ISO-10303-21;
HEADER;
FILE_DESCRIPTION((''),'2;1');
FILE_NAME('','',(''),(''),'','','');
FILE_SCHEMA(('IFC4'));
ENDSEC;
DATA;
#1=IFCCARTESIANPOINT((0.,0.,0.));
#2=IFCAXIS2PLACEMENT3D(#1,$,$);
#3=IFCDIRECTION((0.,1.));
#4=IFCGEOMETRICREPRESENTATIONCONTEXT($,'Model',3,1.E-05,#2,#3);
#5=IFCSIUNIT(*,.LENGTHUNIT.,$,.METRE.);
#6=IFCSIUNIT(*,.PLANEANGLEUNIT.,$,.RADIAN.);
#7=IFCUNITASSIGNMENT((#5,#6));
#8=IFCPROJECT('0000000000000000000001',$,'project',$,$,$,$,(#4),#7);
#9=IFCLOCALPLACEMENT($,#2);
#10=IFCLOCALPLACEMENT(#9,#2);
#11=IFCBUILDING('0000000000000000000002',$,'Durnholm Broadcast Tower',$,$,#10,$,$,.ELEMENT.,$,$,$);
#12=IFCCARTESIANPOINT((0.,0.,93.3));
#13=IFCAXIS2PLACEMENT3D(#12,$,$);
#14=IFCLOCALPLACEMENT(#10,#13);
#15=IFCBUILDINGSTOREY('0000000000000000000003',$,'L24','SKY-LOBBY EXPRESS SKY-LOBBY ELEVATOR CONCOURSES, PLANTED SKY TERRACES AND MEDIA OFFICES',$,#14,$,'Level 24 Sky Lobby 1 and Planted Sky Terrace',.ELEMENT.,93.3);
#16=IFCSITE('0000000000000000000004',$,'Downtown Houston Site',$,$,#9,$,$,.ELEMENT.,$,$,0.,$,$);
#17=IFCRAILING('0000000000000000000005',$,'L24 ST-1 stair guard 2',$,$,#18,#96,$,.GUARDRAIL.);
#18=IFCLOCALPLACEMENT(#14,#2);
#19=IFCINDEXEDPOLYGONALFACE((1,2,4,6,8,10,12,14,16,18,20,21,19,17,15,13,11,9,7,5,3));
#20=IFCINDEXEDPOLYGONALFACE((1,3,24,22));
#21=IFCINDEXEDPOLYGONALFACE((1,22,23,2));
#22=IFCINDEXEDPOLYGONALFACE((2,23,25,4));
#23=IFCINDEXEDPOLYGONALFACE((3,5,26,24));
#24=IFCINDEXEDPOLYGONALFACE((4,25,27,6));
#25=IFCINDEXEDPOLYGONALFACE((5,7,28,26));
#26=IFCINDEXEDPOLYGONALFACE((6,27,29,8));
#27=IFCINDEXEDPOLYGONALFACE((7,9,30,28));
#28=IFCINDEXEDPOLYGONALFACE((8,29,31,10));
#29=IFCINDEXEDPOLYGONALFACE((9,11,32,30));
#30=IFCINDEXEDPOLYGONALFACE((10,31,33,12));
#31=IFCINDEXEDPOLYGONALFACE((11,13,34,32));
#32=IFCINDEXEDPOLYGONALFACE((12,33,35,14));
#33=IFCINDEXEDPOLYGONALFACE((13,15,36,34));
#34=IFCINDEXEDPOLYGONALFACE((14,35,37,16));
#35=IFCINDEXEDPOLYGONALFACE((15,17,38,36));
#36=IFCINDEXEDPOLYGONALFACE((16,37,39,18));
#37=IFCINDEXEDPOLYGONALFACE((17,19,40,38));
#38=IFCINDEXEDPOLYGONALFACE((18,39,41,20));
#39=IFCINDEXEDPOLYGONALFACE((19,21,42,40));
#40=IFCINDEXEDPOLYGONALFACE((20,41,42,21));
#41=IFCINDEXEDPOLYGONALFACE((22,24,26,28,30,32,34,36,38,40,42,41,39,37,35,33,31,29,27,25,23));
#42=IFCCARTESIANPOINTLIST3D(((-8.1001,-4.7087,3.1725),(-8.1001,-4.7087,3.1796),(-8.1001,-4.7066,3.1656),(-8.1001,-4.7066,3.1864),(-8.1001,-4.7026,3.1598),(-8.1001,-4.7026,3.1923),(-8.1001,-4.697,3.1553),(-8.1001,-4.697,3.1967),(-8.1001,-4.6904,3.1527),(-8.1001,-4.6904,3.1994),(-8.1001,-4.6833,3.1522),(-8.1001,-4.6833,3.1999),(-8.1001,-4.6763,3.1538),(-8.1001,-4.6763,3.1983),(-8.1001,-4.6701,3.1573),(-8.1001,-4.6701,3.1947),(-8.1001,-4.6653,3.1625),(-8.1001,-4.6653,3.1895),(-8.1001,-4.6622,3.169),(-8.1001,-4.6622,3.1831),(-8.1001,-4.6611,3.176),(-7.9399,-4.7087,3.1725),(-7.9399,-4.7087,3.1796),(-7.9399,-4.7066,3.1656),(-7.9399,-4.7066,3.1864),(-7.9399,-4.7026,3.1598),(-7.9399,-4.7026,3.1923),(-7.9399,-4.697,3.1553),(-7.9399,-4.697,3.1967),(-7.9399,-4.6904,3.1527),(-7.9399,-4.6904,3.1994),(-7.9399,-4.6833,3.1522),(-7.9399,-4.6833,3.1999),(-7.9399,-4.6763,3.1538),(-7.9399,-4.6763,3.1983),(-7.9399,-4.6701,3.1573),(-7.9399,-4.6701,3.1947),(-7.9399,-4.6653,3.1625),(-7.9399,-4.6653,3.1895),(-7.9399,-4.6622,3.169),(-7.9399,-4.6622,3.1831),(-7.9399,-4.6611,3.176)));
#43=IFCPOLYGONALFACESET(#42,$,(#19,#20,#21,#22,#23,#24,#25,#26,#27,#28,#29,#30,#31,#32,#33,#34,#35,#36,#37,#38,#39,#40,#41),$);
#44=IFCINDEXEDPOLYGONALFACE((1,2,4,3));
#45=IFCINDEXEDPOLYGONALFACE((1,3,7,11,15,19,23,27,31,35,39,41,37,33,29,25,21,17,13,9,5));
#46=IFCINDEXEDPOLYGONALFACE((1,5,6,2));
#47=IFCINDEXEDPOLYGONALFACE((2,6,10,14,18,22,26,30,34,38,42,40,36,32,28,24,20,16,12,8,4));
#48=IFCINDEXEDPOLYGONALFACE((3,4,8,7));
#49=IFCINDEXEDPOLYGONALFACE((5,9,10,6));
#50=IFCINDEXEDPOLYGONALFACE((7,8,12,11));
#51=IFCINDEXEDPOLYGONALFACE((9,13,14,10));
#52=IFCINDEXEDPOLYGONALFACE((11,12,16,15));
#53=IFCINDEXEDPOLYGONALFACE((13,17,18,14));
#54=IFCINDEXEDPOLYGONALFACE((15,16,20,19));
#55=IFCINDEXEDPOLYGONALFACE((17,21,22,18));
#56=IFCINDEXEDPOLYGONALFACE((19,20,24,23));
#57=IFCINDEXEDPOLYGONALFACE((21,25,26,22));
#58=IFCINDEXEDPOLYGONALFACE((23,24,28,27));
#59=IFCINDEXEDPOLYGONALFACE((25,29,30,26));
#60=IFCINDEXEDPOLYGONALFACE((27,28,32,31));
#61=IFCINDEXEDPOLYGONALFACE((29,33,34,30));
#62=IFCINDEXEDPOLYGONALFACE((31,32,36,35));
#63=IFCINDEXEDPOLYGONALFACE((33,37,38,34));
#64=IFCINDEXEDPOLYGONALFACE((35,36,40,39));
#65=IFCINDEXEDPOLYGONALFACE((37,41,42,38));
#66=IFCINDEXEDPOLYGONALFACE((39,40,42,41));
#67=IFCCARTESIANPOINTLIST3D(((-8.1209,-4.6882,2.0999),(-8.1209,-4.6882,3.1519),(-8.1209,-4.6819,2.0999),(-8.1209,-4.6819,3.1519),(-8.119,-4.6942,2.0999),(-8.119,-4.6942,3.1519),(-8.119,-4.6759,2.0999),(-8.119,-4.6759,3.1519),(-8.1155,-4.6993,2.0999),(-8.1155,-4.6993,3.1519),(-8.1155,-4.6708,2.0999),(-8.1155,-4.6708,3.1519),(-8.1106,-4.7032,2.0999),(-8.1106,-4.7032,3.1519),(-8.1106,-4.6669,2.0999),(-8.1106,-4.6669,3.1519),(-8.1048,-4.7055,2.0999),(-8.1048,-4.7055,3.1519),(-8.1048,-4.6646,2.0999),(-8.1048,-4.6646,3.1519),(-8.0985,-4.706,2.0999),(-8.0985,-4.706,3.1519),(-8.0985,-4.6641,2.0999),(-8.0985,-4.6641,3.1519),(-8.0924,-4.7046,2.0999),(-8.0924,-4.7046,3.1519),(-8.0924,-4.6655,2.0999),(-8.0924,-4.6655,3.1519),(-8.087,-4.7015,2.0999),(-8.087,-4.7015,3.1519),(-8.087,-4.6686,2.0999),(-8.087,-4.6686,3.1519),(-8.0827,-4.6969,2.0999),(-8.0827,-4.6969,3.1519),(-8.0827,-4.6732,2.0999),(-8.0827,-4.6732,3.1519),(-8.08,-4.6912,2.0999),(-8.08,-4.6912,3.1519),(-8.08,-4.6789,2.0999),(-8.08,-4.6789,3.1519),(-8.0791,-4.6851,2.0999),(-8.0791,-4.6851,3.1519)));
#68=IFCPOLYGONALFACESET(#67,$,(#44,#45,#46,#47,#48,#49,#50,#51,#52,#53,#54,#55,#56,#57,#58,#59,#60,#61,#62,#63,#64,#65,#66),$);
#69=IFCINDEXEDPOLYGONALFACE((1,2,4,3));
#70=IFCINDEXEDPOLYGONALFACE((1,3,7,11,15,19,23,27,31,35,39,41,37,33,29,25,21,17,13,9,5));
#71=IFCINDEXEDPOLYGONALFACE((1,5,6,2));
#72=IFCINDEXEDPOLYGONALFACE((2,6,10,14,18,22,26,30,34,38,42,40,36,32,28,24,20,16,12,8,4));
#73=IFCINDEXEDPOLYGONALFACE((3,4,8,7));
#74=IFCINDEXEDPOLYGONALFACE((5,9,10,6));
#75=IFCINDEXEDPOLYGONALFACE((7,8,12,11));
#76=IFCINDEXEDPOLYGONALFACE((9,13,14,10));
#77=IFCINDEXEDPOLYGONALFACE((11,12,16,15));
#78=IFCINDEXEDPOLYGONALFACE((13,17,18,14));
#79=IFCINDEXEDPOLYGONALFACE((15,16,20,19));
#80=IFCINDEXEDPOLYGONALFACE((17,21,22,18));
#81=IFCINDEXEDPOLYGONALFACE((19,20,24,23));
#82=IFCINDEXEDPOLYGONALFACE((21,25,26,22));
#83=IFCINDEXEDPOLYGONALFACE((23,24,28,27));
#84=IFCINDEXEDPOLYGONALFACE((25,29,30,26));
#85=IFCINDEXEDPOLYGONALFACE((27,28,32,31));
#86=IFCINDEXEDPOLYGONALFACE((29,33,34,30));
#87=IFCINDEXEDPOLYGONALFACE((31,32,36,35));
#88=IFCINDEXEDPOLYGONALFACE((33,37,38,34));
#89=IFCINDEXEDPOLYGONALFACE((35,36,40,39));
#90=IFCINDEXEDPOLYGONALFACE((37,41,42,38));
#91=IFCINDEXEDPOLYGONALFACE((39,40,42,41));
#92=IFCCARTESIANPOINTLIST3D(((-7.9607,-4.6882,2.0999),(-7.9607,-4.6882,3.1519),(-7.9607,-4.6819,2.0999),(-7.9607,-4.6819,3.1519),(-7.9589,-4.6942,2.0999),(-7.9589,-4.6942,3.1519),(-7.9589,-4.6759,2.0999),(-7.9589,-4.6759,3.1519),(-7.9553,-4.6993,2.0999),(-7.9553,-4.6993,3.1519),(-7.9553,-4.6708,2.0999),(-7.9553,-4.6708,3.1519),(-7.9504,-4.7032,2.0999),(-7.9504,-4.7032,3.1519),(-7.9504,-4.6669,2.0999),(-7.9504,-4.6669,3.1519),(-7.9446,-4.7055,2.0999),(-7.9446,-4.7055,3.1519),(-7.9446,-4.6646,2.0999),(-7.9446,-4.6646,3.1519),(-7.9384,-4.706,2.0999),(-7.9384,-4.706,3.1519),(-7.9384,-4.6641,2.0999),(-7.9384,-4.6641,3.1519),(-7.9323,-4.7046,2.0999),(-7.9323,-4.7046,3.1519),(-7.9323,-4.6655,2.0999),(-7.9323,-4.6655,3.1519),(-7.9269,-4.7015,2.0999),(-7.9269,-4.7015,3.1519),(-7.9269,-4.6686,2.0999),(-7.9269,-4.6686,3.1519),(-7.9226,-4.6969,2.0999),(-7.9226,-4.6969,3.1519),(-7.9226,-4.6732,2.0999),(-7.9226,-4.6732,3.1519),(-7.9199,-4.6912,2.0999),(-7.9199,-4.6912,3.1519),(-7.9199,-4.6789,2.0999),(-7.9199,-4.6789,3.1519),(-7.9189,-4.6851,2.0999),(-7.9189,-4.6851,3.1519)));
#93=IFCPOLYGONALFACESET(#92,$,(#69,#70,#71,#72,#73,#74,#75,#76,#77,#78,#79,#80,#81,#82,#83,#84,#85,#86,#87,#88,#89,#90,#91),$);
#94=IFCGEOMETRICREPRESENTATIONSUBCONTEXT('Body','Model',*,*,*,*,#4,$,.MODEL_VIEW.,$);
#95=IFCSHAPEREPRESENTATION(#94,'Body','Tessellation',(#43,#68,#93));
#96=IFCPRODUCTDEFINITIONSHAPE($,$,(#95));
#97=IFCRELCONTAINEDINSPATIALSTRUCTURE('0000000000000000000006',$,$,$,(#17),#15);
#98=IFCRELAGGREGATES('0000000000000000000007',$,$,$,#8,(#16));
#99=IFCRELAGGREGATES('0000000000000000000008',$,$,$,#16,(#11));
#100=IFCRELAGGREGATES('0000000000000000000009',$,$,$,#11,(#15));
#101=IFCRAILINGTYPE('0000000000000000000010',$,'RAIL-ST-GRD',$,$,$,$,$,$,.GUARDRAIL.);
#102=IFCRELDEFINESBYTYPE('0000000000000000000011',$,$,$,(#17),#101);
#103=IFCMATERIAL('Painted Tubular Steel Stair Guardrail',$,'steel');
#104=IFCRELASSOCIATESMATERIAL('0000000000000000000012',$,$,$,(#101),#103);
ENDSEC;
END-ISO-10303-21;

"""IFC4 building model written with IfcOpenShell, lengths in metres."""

from ifc_helpers import new_model, si_unit, direction, frame, origin, origin_2d, place, context, subcontext, project, spatial, circle, extrude, material, type_object, element, save


model = new_model("IFC4")

# Units and contexts
model_context = context("Model", 3, precision=1e-05, world=origin(), true_north=direction((0.0, 1.0)))
body_context = subcontext(model_context, "Body", "Model", "MODEL_VIEW")
ifc_project = project(units=[si_unit("LENGTHUNIT", "METRE"), si_unit("PLANEANGLEUNIT", "RADIAN")], contexts=[model_context])

# Site, building, storey
site_placement = place(None, origin())
site = spatial("IfcSite", under=ifc_project, at=site_placement, Name="Downtown Houston Site", CompositionType="ELEMENT", RefElevation=0.0)
building_placement = place(site_placement, origin())
building = spatial("IfcBuilding", under=site, at=building_placement, Name="Durnholm Broadcast Tower", CompositionType="ELEMENT")
storey_placement = place(building_placement, frame((0.0, 0.0, 93.3)))
storey = spatial("IfcBuildingStorey", under=building, at=storey_placement, Name="L24", Description="SKY-LOBBY EXPRESS SKY-LOBBY ELEVATOR CONCOURSES, PLANTED SKY TERRACES AND MEDIA OFFICES", LongName="Level 24 Sky Lobby 1 and Planted Sky Terrace", CompositionType="ELEMENT", Elevation=93.3)

# Railing
ifc_material_1 = material(Name="Painted Tubular Steel Stair Guardrail", Category="steel")
railing_type_1 = type_object("IfcRailingType", Name="RAIL-ST-GRD", PredefinedType="GUARDRAIL", material=ifc_material_1)
railing_1_placement = place(storey_placement, frame((-8.1001, -4.6851, 2.0999)))
element("IfcRailing", 1, at=railing_1_placement, inside=storey, type_object=railing_type_1, Name="L24 ST-1 stair guard 2", PredefinedType="GUARDRAIL", context=body_context, shape_type="SweptSolid", body=[
    extrude(circle(Radius=0.0239, at=origin_2d()), frame((0.0, 0.0, 1.0762), z_axis=(1.0, 0.0, 0.0), x_axis=(0.0, 1.0, 0.0)), (0.0, 0.0, 1.0), 0.1602),
    extrude(circle(Radius=0.021, at=origin_2d()), origin(), (0.0, 0.0, 1.0), 1.052),
    extrude(circle(Radius=0.021, at=origin_2d()), frame((0.1602, 0.0, 0.0)), (0.0, 0.0, 1.0), 1.052),
])

save(model, "model.ifc")
